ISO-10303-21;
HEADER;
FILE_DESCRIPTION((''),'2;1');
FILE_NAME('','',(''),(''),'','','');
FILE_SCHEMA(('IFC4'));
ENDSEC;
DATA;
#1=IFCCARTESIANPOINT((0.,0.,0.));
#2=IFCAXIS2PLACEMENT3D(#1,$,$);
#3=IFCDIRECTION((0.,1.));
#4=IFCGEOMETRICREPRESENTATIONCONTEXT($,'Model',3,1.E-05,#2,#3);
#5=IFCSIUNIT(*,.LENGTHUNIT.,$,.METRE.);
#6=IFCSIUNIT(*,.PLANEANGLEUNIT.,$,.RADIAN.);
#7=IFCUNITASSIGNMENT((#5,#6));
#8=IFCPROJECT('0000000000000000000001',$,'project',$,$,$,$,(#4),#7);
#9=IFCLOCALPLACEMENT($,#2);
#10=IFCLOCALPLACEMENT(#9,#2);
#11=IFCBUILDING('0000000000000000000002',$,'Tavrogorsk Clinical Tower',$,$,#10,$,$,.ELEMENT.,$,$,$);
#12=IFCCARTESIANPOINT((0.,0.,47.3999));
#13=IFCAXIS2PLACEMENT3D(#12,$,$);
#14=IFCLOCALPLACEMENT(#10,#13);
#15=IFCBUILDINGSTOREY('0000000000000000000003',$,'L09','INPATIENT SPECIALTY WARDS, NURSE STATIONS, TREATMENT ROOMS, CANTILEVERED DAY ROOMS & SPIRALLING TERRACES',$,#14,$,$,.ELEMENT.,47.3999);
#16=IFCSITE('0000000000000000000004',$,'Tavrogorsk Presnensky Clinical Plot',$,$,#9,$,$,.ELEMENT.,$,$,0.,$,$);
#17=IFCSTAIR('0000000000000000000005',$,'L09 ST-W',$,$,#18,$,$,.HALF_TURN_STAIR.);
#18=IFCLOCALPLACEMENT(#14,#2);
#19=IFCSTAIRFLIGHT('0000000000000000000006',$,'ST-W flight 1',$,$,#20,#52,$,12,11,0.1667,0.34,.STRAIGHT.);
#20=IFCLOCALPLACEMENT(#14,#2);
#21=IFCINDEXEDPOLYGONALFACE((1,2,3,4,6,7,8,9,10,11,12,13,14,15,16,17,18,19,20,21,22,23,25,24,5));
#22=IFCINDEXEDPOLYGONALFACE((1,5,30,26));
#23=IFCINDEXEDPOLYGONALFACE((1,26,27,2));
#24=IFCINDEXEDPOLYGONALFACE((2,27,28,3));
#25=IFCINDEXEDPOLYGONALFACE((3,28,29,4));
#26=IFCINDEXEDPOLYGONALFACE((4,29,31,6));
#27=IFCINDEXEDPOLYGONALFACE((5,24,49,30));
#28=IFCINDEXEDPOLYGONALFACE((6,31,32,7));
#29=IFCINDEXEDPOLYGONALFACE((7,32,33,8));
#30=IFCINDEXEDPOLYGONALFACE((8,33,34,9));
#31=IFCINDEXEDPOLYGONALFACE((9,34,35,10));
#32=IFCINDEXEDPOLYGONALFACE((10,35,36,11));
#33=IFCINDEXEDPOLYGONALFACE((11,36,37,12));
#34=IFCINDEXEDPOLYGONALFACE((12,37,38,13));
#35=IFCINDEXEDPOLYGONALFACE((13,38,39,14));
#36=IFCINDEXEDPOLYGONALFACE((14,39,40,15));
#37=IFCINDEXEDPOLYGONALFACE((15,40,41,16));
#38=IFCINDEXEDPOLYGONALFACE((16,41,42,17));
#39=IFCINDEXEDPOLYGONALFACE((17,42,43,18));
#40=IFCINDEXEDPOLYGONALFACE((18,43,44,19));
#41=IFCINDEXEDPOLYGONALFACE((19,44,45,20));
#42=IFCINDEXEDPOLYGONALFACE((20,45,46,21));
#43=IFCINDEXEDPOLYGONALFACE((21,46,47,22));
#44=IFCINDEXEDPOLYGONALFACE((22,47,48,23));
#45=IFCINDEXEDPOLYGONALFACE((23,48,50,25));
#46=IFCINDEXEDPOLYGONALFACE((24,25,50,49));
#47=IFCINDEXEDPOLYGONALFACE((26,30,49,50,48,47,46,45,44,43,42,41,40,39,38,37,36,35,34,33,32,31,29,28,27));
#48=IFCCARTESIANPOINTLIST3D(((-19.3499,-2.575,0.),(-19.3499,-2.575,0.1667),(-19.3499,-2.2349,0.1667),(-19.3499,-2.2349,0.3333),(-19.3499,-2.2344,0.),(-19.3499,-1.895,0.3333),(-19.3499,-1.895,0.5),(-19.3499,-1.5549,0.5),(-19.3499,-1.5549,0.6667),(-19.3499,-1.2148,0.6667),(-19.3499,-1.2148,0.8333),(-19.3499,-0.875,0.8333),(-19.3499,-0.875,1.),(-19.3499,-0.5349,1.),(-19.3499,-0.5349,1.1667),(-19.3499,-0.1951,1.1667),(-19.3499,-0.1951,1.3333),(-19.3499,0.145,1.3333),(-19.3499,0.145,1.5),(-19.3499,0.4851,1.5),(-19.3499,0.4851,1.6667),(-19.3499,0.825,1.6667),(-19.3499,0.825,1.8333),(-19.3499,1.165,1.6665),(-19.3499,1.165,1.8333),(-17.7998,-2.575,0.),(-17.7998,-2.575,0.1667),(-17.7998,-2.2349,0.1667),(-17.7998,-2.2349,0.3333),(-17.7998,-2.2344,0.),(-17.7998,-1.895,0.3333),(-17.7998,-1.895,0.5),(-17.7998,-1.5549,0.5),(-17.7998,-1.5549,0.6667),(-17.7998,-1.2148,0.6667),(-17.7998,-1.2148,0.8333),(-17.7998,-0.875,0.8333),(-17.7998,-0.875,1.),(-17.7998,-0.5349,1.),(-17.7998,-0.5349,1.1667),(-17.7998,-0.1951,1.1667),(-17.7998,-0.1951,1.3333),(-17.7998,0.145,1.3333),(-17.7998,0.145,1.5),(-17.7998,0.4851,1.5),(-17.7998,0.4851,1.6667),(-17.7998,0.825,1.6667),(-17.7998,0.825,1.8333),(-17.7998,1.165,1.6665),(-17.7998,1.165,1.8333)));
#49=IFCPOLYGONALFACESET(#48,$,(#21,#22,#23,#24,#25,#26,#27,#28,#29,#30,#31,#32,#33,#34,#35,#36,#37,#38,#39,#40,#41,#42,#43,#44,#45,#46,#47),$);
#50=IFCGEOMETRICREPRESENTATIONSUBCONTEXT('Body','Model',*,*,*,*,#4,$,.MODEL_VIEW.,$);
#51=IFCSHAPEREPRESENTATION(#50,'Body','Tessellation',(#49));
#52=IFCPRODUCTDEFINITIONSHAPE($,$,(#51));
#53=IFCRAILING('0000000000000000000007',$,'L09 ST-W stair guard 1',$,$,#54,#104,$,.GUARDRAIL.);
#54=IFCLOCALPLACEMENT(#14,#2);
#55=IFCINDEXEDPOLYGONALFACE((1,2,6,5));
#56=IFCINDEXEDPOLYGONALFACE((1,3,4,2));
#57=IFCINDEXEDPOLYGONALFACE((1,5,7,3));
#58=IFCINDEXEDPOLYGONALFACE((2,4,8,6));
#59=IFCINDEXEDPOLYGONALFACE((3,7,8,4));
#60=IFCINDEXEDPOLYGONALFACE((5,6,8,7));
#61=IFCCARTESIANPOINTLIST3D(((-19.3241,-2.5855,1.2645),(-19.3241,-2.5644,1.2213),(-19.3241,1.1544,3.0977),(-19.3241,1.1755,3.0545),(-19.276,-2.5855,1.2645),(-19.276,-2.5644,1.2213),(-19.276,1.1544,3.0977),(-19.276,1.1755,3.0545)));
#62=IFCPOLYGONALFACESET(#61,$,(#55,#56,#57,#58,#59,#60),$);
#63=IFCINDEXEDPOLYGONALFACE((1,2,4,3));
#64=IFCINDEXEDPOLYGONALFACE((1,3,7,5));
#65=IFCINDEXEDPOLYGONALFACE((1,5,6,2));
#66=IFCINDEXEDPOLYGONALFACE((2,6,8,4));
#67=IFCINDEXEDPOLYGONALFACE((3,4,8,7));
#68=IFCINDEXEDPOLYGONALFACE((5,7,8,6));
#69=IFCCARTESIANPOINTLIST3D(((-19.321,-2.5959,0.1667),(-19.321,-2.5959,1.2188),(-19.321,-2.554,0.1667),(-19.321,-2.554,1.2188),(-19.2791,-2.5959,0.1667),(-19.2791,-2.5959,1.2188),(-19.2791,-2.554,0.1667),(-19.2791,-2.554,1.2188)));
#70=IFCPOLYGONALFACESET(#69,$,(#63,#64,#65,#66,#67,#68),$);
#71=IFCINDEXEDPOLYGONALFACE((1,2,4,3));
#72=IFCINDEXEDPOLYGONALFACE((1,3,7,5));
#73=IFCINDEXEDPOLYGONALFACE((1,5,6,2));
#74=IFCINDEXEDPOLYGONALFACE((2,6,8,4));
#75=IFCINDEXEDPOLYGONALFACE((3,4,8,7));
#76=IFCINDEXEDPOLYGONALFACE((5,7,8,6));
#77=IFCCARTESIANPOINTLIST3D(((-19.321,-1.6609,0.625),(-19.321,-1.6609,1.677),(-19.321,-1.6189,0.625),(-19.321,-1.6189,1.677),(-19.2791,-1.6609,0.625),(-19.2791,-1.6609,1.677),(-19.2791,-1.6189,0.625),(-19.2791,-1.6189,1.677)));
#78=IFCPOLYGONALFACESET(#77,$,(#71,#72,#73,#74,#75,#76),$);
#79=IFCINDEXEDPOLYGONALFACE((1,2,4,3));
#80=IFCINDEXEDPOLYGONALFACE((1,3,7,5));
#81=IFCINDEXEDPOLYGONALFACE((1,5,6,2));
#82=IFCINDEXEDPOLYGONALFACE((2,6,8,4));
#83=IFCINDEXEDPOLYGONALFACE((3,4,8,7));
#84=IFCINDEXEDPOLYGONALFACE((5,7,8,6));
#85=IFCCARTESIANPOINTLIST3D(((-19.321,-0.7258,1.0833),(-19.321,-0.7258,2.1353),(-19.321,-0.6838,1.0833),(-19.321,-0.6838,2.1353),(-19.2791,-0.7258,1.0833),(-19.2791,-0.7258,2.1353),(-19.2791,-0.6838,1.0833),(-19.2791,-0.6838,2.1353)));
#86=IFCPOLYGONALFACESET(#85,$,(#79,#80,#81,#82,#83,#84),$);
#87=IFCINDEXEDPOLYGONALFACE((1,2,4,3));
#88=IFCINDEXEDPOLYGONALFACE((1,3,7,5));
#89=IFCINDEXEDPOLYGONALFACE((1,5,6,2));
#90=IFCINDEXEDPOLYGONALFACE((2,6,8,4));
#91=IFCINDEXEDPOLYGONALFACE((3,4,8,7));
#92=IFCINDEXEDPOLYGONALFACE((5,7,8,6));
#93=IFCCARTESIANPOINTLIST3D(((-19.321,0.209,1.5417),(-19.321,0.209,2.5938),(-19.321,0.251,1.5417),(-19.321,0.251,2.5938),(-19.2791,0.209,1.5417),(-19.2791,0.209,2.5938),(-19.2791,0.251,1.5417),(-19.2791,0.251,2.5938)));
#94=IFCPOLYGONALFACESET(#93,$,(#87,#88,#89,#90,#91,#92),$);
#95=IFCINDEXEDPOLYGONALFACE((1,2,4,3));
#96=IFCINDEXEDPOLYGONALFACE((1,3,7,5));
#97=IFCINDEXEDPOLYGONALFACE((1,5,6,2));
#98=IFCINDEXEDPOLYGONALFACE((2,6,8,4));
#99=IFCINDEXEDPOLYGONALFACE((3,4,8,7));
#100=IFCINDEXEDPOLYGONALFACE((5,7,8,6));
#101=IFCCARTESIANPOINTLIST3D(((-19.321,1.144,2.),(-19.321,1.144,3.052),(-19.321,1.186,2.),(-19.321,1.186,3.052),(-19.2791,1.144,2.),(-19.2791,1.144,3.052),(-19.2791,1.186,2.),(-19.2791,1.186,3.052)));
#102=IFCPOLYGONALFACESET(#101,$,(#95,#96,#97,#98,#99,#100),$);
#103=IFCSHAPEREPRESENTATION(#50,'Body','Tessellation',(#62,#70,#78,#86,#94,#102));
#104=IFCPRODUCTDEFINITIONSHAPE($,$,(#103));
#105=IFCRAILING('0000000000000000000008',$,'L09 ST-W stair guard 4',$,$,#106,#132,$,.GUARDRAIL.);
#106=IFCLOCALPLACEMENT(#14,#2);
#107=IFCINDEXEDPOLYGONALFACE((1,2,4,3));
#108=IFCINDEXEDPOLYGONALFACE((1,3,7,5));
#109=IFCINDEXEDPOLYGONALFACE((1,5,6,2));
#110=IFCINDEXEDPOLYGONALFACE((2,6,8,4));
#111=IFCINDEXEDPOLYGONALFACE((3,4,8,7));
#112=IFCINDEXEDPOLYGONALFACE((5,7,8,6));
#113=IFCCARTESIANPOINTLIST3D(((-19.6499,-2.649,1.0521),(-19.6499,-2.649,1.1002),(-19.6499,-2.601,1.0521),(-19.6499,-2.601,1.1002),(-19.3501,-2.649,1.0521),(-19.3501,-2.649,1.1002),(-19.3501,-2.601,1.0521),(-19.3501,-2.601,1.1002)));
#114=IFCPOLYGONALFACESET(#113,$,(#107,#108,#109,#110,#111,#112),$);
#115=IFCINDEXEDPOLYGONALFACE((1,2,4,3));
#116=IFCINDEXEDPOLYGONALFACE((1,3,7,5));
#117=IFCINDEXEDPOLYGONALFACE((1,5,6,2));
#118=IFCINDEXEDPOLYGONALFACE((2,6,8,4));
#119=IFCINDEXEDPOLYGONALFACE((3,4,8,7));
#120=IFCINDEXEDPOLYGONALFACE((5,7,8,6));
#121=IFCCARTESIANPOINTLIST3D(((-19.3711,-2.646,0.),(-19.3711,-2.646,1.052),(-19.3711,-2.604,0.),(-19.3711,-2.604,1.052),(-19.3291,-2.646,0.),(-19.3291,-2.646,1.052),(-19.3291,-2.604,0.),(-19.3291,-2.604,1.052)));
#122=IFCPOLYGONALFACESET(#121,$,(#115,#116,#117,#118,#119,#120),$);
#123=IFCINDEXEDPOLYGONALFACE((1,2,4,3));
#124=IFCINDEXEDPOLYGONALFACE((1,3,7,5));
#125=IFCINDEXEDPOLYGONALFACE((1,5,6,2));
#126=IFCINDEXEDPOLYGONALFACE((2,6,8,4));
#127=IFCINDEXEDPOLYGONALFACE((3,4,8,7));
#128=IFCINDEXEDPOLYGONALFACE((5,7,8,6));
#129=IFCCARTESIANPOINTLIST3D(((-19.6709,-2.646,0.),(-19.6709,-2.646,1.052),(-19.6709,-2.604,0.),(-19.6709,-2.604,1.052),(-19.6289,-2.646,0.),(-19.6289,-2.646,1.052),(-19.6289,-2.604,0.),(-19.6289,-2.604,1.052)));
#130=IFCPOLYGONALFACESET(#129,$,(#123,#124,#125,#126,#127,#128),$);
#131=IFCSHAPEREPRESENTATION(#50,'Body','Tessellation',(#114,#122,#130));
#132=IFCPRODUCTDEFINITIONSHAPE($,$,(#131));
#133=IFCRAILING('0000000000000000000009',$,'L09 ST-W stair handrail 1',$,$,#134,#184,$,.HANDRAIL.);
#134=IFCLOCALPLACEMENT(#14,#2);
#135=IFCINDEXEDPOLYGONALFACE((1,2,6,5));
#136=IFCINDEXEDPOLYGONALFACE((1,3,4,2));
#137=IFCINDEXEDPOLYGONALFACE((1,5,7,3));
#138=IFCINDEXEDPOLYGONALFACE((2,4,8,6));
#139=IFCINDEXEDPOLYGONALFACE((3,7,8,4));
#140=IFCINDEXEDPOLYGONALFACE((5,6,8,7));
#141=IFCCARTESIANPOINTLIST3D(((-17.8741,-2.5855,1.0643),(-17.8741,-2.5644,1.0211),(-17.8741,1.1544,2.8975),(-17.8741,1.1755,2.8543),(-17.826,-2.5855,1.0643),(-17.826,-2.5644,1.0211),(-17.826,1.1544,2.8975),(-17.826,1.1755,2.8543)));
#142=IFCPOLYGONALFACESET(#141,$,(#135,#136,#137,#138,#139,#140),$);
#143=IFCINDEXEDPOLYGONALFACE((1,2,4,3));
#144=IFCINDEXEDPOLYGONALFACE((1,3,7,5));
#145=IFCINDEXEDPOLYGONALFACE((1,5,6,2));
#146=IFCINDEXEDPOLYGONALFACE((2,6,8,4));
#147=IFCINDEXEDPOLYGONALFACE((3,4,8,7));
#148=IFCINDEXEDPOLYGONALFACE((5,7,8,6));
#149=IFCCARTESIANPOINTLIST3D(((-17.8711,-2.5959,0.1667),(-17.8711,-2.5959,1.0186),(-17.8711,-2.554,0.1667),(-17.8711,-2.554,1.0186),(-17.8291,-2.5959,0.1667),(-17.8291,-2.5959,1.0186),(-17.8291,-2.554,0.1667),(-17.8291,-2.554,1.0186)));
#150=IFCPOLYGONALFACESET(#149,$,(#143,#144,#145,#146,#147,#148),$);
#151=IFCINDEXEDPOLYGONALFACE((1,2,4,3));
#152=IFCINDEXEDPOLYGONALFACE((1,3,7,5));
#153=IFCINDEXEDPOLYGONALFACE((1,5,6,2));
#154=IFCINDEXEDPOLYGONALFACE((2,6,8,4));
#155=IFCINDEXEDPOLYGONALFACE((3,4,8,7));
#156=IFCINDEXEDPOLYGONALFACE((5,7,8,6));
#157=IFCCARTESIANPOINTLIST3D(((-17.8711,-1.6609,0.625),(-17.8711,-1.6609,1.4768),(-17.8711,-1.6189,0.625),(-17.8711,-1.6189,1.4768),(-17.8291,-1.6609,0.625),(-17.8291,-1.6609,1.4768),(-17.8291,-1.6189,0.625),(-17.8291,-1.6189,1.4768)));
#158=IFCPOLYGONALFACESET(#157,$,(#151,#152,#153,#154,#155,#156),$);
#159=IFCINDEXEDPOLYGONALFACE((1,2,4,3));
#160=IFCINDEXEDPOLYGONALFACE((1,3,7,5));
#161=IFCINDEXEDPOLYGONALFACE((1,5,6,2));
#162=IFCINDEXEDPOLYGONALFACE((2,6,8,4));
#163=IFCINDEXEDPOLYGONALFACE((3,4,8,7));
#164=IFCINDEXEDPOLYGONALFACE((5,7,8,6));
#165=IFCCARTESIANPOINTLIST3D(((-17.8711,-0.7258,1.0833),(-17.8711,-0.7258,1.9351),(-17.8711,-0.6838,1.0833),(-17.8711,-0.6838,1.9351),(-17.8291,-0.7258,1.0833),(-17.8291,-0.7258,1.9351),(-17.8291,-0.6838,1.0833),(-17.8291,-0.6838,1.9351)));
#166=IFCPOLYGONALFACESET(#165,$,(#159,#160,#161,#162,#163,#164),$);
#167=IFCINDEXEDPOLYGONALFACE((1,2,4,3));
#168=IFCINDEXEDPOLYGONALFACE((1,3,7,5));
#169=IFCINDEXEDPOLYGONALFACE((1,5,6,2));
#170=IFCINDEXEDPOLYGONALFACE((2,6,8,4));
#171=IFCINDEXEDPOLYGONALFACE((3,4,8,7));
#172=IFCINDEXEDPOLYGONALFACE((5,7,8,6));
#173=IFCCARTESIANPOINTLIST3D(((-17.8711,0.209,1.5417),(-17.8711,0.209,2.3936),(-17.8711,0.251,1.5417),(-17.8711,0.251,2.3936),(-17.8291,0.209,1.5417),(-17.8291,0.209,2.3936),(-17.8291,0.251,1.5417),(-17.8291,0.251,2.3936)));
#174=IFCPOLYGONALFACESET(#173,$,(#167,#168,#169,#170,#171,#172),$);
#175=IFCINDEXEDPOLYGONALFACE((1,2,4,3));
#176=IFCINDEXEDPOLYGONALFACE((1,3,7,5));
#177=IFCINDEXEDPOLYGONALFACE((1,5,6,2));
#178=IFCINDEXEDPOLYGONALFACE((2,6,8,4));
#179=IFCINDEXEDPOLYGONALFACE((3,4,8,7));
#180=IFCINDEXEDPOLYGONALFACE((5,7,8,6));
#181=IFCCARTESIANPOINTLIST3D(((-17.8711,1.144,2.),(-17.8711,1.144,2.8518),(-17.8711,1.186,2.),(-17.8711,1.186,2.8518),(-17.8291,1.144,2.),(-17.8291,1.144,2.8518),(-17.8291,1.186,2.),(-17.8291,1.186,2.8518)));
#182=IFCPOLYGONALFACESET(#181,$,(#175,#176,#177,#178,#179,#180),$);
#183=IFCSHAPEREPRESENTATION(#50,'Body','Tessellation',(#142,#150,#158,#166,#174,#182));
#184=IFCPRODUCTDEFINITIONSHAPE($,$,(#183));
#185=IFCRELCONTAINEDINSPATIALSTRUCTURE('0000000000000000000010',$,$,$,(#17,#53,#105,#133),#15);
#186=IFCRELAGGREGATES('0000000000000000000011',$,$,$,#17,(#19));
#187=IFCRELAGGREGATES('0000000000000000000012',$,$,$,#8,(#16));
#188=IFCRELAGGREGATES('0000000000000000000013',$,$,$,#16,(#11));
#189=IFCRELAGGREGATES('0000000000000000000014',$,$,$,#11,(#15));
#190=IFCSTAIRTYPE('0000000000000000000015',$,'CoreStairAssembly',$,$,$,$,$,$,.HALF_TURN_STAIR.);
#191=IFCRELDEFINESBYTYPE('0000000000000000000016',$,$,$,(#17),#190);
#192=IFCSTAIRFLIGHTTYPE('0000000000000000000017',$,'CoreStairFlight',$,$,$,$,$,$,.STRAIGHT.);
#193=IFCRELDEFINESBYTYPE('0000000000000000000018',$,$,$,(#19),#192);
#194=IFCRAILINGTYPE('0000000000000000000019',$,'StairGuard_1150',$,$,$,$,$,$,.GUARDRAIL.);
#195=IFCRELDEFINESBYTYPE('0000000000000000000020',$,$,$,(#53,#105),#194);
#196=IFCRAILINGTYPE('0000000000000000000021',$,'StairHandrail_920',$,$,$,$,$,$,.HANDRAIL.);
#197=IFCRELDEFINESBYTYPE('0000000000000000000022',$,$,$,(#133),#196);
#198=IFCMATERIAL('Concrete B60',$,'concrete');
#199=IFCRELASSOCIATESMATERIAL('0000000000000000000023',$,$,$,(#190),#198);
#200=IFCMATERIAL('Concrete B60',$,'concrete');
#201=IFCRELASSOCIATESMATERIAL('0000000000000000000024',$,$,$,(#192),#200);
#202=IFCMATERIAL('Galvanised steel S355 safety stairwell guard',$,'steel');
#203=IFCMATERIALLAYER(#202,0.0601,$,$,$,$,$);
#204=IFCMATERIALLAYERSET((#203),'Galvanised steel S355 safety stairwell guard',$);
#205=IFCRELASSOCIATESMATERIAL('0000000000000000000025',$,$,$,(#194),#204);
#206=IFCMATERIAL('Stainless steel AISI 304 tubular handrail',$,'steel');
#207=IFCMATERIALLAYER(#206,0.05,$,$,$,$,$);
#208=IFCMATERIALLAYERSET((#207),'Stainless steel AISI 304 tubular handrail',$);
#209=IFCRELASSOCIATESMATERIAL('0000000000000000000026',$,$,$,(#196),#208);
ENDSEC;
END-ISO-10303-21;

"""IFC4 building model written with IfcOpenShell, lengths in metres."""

from ifc_helpers import new_model, si_unit, direction, frame, origin, origin_2d, place, context, subcontext, project, spatial, polyline, rectangle, outline, extrude, material, layer, layer_set, type_object, element, aggregate, save


model = new_model("IFC4")

# Units and contexts
model_context = context("Model", 3, precision=1e-05, world=origin(), true_north=direction((0.0, 1.0)))
body_context = subcontext(model_context, "Body", "Model", "MODEL_VIEW")
ifc_project = project(units=[si_unit("LENGTHUNIT", "METRE"), si_unit("PLANEANGLEUNIT", "RADIAN")], contexts=[model_context])

# Site, building, storey
site_placement = place(None, origin())
site = spatial("IfcSite", under=ifc_project, at=site_placement, Name="Tavrogorsk Presnensky Clinical Plot", CompositionType="ELEMENT", RefElevation=0.0)
building_placement = place(site_placement, origin())
building = spatial("IfcBuilding", under=site, at=building_placement, Name="Tavrogorsk Clinical Tower", CompositionType="ELEMENT")
storey_placement = place(building_placement, frame((0.0, 0.0, 47.3999)))
storey = spatial("IfcBuildingStorey", under=building, at=storey_placement, Name="L09", Description="INPATIENT SPECIALTY WARDS, NURSE STATIONS, TREATMENT ROOMS, CANTILEVERED DAY ROOMS & SPIRALLING TERRACES", CompositionType="ELEMENT", Elevation=47.3999)

# Stair, stair flight
ifc_material_1 = material(Name="Concrete B60", Category="concrete")
stair_type = type_object("IfcStairType", Name="CoreStairAssembly", PredefinedType="HALF_TURN_STAIR", material=ifc_material_1)
stair_placement = place(storey_placement, origin())
stair = element("IfcStair", 1, at=stair_placement, inside=storey, type_object=stair_type, Name="L09 ST-W", PredefinedType="HALF_TURN_STAIR")
ifc_material_2 = material(Name="Concrete B60", Category="concrete")
stair_flight_type = type_object("IfcStairFlightType", Name="CoreStairFlight", PredefinedType="STRAIGHT", material=ifc_material_2)
stair_flight_placement = place(storey_placement, frame((-18.575, -2.575, 0.0), z_axis=(0.0, 0.0, 1.0), x_axis=(0.0, 1.0, 0.0)))
stair_flight = element("IfcStairFlight", 2, at=stair_flight_placement, type_object=stair_flight_type, Name="ST-W flight 1", NumberOfRisers=12, NumberOfTreads=11, PredefinedType="STRAIGHT", RiserHeight=0.1667, TreadLength=0.34, context=body_context, shape_type="SweptSolid", body=[
    extrude(outline(polyline([(0.0, 0.0), (0.0, 0.1667), (0.3401, 0.1667), (0.3401, 0.3333), (0.6799, 0.3333), (0.6799, 0.5), (1.02, 0.5), (1.02, 0.6667), (1.3601, 0.6667), (1.3601, 0.8333), (1.7, 0.8333), (1.7, 1.0), (2.04, 1.0), (2.04, 1.1667), (2.3799, 1.1667), (2.3799, 1.3333), (2.72, 1.3333), (2.72, 1.5), (3.0601, 1.5), (3.0601, 1.6667), (3.3999, 1.6667), (3.3999, 1.8333), (3.74, 1.8333), (3.74, 2.0), (3.74, 1.6665), (0.3406, 0.0), (0.0, 0.0)])), frame((0.0, 0.7749, 0.0), z_axis=(0.0, -1.0, 0.0), x_axis=(1.0, 0.0, 0.0)), (0.0, 0.0, 1.0), 1.55),
])
aggregate(stair, [stair_flight])

# Railings
ifc_material_3 = material(Name="Galvanised steel S355 safety stairwell guard", Category="steel")
ifc_layer_1 = layer(ifc_material_3, 0.0601)
ifc_layer_set_1 = layer_set([ifc_layer_1], Name="Galvanised steel S355 safety stairwell guard")
railing_type_1 = type_object("IfcRailingType", Name="StairGuard_1150", PredefinedType="GUARDRAIL", material=ifc_layer_set_1)
railing_1_placement = place(storey_placement, frame((-19.3, -2.575, 0.1667)))
element("IfcRailing", 3, at=railing_1_placement, inside=storey, type_object=railing_type_1, Name="L09 ST-W stair guard 1", PredefinedType="GUARDRAIL", context=body_context, shape_type="SweptSolid", body=[
    extrude(rectangle(XDim=0.0481, YDim=0.0481, at=origin_2d()), frame((0.0, 0.0, 1.0762), z_axis=(0.0, 0.897928, 0.440142), x_axis=(-1.0, 0.0, 0.0)), (0.0, 0.0, 1.0), 4.165),
    extrude(rectangle(XDim=0.042, YDim=0.042, at=origin_2d()), origin(), (0.0, 0.0, 1.0), 1.052),
    extrude(rectangle(XDim=0.042, YDim=0.042, at=origin_2d()), frame((0.0, 0.9351, 0.4583)), (0.0, 0.0, 1.0), 1.052),
    extrude(rectangle(XDim=0.042, YDim=0.042, at=origin_2d()), frame((0.0, 1.8701, 0.9165)), (0.0, 0.0, 1.0), 1.052),
    extrude(rectangle(XDim=0.042, YDim=0.042, at=origin_2d()), frame((0.0, 2.8049, 1.375)), (0.0, 0.0, 1.0), 1.052),
    extrude(rectangle(XDim=0.042, YDim=0.042, at=origin_2d()), frame((0.0, 3.74, 1.8333)), (0.0, 0.0, 1.0), 1.052),
])
railing_2_placement = place(storey_placement, frame((-19.3501, -2.625, 0.0)))
element("IfcRailing", 4, at=railing_2_placement, inside=storey, type_object=railing_type_1, Name="L09 ST-W stair guard 4", PredefinedType="GUARDRAIL", context=body_context, shape_type="SweptSolid", body=[
    extrude(rectangle(XDim=0.0481, YDim=0.0481, at=origin_2d()), frame((0.0, 0.0, 1.0762), z_axis=(-1.0, 0.0, 0.0), x_axis=(0.0, -1.0, 0.0)), (0.0, 0.0, 1.0), 0.2998),
    extrude(rectangle(XDim=0.042, YDim=0.042, at=origin_2d()), origin(), (0.0, 0.0, 1.0), 1.052),
    extrude(rectangle(XDim=0.042, YDim=0.042, at=origin_2d()), frame((-0.2998, 0.0, 0.0)), (0.0, 0.0, 1.0), 1.052),
])
ifc_material_4 = material(Name="Stainless steel AISI 304 tubular handrail", Category="steel")
ifc_layer_2 = layer(ifc_material_4, 0.05)
ifc_layer_set_2 = layer_set([ifc_layer_2], Name="Stainless steel AISI 304 tubular handrail")
railing_type_2 = type_object("IfcRailingType", Name="StairHandrail_920", PredefinedType="HANDRAIL", material=ifc_layer_set_2)
railing_3_placement = place(storey_placement, frame((-17.8501, -2.575, 0.1667)))
element("IfcRailing", 5, at=railing_3_placement, inside=storey, type_object=railing_type_2, Name="L09 ST-W stair handrail 1", PredefinedType="HANDRAIL", context=body_context, shape_type="SweptSolid", body=[
    extrude(rectangle(XDim=0.0481, YDim=0.0481, at=origin_2d()), frame((0.0, 0.0, 0.876), z_axis=(0.0, 0.897928, 0.440142), x_axis=(-1.0, 0.0, 0.0)), (0.0, 0.0, 1.0), 4.165),
    extrude(rectangle(XDim=0.042, YDim=0.042, at=origin_2d()), origin(), (0.0, 0.0, 1.0), 0.8518),
    extrude(rectangle(XDim=0.042, YDim=0.042, at=origin_2d()), frame((0.0, 0.9351, 0.4583)), (0.0, 0.0, 1.0), 0.8518),
    extrude(rectangle(XDim=0.042, YDim=0.042, at=origin_2d()), frame((0.0, 1.8701, 0.9165)), (0.0, 0.0, 1.0), 0.8518),
    extrude(rectangle(XDim=0.042, YDim=0.042, at=origin_2d()), frame((0.0, 2.8049, 1.375)), (0.0, 0.0, 1.0), 0.8518),
    extrude(rectangle(XDim=0.042, YDim=0.042, at=origin_2d()), frame((0.0, 3.74, 1.8333)), (0.0, 0.0, 1.0), 0.8518),
])

save(model, "model.ifc")
